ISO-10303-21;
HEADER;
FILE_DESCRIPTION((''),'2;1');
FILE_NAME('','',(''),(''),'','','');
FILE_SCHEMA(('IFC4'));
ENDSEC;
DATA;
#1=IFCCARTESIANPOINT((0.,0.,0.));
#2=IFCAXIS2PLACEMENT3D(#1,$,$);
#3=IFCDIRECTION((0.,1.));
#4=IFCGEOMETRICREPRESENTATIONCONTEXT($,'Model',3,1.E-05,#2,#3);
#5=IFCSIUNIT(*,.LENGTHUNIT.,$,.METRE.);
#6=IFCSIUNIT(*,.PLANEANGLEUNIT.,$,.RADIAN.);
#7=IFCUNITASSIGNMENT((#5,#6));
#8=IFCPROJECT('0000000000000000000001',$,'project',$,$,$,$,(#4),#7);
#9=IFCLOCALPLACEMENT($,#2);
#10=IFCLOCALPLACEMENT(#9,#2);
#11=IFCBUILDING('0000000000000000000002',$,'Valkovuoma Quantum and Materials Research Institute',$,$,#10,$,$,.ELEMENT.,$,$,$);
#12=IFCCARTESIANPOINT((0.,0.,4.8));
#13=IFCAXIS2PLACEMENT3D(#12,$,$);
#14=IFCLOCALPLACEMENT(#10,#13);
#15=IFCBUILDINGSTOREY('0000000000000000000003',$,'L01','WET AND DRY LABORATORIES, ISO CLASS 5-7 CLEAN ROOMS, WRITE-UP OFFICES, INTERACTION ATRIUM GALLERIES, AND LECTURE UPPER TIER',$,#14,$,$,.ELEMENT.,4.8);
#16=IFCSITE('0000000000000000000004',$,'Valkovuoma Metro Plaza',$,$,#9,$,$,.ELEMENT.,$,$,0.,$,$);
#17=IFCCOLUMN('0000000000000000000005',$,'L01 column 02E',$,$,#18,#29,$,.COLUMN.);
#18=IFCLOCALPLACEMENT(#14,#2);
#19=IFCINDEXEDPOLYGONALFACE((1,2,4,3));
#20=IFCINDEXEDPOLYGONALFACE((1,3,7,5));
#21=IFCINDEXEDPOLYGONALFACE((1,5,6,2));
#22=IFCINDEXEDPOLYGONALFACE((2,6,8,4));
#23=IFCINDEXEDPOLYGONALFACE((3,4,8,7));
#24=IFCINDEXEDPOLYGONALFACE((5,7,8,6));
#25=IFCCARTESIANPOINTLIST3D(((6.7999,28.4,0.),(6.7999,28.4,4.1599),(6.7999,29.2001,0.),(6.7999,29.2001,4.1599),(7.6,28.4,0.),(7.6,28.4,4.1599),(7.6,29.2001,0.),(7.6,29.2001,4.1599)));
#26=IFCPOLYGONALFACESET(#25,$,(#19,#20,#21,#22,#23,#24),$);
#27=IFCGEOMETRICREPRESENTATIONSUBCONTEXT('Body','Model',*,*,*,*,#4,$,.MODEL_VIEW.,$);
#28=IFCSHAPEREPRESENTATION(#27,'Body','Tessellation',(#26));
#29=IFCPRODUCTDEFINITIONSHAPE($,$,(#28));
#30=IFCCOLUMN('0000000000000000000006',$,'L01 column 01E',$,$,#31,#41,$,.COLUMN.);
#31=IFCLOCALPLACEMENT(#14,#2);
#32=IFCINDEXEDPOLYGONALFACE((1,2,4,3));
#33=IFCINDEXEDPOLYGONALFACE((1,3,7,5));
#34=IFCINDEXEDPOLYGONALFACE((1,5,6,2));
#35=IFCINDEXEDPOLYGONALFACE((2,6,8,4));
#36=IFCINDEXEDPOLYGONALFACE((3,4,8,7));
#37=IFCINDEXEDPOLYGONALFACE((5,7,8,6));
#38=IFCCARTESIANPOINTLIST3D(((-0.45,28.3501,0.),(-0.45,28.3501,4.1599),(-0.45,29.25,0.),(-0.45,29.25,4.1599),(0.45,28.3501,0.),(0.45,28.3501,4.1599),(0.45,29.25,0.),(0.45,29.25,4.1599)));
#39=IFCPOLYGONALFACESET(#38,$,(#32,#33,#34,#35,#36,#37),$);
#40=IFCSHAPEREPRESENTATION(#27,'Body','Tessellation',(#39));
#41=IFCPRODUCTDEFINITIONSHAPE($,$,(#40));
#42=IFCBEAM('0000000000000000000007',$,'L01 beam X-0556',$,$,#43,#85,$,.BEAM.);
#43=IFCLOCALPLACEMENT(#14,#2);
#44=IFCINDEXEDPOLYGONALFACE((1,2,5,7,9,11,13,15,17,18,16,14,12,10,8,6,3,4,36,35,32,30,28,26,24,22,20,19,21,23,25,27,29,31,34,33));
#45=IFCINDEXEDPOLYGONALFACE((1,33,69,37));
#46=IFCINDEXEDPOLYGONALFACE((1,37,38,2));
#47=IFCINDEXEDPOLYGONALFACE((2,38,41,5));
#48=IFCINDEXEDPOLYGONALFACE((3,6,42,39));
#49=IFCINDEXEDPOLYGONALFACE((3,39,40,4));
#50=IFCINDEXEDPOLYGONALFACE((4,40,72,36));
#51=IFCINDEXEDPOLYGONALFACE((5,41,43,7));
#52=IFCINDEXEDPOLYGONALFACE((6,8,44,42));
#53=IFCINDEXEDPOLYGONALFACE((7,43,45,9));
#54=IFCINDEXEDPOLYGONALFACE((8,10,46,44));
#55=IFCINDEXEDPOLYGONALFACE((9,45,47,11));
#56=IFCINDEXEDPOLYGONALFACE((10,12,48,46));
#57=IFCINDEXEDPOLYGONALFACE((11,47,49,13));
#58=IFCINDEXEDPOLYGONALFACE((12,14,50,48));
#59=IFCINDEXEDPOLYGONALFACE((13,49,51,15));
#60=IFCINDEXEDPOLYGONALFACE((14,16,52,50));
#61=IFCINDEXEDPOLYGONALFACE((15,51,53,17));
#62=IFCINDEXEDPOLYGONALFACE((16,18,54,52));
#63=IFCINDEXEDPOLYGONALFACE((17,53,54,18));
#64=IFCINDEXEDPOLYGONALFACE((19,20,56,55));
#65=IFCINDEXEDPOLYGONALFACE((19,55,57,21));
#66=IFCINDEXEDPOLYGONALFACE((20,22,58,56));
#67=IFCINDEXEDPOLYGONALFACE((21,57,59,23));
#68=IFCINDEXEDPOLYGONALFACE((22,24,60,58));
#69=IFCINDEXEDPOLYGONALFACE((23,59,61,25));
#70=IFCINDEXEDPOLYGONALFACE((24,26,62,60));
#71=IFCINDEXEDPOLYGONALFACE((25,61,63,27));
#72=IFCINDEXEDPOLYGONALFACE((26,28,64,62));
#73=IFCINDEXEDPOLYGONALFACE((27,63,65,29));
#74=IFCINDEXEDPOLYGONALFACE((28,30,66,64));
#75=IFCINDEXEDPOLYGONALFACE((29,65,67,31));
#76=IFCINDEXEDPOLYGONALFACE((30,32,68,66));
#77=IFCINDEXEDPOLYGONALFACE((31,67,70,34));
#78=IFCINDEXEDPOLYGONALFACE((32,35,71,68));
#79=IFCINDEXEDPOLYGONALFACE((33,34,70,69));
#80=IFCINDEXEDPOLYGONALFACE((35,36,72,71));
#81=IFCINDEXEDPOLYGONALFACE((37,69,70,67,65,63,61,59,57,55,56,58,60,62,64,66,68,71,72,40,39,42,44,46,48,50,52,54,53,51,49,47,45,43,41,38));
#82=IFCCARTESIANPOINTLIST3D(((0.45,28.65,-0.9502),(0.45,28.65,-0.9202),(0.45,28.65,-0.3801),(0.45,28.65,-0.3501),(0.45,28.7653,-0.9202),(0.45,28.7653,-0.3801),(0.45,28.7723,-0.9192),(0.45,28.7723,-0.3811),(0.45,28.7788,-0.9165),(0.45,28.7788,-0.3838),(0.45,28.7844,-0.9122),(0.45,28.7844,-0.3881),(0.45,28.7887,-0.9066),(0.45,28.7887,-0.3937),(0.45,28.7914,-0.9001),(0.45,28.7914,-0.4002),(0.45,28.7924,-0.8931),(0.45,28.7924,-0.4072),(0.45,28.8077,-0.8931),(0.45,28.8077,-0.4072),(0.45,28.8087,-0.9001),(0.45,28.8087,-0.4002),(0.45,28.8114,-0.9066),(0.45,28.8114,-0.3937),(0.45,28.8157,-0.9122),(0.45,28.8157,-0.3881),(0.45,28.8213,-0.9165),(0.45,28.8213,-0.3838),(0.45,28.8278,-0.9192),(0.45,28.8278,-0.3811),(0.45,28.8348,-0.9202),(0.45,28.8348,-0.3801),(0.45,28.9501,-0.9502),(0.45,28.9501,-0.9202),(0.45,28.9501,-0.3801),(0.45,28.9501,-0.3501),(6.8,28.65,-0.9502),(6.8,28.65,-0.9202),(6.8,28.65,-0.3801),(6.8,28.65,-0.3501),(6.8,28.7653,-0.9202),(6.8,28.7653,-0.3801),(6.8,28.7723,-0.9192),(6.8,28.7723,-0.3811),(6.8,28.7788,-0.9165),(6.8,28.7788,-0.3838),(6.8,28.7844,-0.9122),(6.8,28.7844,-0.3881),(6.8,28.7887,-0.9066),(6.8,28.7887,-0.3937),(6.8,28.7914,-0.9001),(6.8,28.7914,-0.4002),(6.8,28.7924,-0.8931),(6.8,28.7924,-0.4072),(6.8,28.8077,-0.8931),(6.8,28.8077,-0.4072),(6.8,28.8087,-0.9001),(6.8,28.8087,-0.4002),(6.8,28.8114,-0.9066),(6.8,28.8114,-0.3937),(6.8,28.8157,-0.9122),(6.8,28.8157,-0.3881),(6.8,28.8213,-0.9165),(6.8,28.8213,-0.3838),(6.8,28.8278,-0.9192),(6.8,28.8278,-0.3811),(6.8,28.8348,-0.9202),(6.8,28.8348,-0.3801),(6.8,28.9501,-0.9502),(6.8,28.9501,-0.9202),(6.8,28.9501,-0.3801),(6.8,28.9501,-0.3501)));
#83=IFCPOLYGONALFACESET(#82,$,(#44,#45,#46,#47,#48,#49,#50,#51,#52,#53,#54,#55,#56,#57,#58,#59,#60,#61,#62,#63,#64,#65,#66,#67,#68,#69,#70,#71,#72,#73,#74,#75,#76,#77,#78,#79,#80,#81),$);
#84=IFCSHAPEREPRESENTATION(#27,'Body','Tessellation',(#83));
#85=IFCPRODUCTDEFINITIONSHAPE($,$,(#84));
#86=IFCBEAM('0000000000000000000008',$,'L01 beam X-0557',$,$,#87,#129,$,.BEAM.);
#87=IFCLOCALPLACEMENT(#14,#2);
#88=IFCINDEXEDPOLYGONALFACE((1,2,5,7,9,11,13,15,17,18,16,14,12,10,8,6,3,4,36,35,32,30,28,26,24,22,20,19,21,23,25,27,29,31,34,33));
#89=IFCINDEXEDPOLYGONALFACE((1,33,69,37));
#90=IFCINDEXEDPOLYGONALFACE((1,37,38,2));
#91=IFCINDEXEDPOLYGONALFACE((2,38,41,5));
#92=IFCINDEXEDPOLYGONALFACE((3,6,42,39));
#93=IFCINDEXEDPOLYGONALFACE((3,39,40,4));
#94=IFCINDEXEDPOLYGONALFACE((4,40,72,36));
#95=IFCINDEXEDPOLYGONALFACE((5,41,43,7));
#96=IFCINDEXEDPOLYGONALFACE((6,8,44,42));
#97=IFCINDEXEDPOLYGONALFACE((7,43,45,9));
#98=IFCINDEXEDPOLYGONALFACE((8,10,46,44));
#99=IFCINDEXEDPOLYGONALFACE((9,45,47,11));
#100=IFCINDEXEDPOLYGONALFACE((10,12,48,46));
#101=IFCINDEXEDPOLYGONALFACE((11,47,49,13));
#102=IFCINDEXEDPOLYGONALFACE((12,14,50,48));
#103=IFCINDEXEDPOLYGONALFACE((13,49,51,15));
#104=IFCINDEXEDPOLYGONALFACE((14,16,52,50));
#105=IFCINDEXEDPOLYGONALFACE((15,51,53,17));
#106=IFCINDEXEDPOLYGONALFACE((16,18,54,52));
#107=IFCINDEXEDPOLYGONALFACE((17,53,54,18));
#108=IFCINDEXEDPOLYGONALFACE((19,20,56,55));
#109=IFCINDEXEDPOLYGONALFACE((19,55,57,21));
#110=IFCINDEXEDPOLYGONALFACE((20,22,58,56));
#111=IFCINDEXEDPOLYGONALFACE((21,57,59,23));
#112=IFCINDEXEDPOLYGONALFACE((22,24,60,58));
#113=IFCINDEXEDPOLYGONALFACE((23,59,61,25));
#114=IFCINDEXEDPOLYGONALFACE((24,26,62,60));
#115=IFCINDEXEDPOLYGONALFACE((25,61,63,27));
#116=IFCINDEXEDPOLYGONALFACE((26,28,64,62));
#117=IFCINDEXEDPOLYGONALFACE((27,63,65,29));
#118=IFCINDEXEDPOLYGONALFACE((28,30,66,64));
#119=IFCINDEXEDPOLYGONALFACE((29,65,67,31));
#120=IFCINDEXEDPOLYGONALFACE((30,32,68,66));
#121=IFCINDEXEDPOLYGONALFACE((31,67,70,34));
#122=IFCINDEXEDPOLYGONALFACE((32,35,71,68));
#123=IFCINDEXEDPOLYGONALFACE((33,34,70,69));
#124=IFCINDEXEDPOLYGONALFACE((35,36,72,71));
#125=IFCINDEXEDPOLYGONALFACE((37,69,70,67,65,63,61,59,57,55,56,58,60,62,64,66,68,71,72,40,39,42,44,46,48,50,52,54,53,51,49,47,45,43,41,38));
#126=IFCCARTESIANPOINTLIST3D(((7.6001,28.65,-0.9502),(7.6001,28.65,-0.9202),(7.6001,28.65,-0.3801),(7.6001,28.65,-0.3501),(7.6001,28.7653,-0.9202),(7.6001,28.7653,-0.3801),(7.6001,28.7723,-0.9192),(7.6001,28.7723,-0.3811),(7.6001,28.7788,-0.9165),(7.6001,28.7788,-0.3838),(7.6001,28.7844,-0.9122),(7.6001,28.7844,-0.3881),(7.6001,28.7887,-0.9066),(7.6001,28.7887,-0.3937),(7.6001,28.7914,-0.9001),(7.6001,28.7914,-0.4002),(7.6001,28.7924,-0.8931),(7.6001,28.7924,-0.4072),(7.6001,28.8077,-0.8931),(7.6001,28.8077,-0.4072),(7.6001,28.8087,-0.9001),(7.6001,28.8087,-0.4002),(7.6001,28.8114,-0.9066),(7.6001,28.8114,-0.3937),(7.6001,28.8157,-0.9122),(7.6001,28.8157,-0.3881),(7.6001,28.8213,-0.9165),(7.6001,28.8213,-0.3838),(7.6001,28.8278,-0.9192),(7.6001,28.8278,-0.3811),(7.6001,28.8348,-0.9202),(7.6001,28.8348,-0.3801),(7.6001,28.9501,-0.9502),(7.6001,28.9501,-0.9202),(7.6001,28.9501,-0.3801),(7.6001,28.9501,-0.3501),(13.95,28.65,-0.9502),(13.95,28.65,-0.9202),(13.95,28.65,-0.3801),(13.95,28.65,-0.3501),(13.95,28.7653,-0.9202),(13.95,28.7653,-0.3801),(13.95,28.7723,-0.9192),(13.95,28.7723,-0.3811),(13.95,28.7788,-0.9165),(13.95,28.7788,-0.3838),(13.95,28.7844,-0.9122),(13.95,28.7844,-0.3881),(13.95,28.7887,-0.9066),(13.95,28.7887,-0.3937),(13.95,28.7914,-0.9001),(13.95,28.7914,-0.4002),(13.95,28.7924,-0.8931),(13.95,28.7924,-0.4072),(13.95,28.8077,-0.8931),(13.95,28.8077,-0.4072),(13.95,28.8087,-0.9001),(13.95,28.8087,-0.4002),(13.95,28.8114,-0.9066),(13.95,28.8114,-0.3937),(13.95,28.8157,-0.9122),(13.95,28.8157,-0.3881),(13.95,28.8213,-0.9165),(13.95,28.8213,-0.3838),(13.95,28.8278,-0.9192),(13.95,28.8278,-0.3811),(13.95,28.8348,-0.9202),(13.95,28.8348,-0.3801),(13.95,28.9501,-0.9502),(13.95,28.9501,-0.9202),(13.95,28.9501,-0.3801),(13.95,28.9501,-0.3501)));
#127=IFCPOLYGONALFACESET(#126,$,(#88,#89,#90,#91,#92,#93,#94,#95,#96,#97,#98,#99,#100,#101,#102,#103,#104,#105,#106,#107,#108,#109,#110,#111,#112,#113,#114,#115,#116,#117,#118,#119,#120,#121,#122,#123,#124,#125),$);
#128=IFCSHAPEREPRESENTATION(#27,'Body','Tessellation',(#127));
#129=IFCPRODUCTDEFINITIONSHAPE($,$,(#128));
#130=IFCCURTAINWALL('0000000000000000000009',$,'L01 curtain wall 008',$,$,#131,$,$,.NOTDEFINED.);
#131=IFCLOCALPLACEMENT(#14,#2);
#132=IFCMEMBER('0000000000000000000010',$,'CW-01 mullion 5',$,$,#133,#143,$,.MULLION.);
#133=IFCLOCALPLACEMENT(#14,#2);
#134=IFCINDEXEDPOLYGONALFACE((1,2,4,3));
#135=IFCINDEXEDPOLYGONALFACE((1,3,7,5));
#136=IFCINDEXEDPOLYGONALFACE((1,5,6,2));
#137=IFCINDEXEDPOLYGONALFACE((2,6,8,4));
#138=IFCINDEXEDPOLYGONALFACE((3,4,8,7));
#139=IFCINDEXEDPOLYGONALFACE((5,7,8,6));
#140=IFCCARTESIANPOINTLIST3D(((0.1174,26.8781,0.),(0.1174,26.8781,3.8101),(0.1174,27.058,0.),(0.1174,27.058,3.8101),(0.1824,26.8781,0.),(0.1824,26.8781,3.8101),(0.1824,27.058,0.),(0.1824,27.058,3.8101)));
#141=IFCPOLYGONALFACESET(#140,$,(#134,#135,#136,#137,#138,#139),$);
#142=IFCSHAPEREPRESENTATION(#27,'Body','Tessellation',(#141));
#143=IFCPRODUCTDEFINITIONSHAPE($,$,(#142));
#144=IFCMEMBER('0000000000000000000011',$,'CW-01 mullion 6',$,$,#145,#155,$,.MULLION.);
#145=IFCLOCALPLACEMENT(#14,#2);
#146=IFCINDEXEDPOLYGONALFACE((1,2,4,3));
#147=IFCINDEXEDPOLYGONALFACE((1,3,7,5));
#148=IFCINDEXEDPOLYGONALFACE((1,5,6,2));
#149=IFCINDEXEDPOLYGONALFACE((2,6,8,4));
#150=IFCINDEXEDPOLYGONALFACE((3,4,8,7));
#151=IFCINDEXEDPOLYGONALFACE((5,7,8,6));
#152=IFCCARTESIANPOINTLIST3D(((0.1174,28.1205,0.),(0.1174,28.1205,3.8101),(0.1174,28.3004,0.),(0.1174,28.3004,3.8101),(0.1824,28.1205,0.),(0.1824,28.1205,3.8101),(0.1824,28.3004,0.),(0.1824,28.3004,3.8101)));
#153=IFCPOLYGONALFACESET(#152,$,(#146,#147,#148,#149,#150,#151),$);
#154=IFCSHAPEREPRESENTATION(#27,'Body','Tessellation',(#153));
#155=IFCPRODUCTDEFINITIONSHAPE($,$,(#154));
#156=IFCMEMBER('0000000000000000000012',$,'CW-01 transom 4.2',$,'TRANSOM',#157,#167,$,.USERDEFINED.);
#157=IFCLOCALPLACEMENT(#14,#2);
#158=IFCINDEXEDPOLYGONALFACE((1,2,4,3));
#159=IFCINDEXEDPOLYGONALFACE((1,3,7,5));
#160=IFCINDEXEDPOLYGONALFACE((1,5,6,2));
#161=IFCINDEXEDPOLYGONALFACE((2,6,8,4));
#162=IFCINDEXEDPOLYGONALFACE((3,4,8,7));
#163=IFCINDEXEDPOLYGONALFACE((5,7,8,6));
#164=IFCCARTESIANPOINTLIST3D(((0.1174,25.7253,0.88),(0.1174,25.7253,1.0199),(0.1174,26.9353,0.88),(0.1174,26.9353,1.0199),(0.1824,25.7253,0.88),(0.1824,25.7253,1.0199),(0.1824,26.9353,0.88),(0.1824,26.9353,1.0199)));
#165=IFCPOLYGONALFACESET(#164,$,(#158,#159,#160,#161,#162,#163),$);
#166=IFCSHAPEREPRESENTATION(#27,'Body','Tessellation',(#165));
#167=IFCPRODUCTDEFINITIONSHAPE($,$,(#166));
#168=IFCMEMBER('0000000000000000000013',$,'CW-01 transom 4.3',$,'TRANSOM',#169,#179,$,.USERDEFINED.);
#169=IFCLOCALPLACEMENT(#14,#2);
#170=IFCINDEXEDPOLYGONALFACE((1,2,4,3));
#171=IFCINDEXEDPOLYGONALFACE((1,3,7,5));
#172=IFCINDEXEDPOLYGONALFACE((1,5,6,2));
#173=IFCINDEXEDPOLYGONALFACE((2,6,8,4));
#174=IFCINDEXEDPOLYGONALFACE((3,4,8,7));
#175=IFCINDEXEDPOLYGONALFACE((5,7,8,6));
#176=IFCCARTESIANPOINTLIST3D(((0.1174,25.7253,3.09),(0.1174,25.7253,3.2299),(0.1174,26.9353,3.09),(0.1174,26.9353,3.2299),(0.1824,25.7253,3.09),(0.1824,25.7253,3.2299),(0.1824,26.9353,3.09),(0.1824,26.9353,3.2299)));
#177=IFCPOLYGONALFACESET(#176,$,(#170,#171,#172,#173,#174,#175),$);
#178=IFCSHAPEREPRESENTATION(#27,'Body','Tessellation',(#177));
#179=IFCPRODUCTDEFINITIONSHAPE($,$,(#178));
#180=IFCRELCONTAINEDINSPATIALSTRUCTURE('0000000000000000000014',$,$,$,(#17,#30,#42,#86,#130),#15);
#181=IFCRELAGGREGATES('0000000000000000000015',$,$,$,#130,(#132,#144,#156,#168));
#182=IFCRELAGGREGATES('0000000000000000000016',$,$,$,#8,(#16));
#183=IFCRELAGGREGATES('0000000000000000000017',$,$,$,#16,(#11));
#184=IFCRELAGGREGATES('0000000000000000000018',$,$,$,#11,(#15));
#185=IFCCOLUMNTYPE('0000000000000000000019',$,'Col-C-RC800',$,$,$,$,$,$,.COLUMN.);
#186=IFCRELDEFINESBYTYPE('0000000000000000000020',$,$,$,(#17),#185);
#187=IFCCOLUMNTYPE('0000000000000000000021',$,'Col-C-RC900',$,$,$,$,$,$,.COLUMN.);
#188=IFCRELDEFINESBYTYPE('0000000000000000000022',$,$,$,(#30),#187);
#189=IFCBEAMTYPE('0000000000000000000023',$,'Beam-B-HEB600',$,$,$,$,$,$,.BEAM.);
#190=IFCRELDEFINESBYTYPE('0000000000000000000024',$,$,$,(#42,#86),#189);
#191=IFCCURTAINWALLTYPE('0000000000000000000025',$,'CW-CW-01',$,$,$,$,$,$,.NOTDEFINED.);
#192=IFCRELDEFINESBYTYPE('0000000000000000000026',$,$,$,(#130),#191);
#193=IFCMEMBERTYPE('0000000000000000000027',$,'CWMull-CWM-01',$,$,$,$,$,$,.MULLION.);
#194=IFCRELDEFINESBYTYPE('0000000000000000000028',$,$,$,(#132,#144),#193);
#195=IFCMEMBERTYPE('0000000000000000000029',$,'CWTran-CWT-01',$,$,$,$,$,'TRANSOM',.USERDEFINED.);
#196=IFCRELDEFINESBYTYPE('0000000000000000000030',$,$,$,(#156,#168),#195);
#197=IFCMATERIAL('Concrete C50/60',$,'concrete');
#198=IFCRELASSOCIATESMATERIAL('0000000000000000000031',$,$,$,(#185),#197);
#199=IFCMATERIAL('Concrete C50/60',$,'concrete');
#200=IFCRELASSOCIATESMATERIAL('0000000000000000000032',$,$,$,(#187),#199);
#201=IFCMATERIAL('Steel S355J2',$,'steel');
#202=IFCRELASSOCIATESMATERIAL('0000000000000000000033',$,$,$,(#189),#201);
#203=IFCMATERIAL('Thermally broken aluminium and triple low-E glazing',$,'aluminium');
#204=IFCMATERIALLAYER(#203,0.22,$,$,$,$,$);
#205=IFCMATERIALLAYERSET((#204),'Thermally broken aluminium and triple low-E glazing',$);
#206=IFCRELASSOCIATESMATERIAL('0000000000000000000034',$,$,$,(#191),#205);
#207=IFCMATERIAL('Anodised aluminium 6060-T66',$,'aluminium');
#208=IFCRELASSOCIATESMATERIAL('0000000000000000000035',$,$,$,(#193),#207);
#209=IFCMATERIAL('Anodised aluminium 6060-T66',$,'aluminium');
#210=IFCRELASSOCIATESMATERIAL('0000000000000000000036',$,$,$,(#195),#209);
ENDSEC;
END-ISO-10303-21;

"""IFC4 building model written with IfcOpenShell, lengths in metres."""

from ifc_helpers import new_model, si_unit, direction, frame, origin, origin_2d, place, context, subcontext, project, spatial, rectangle, i_section, extrude, material, layer, layer_set, material_profile, profile_set, type_object, element, aggregate, save


model = new_model("IFC4")

# Units and contexts
model_context = context("Model", 3, precision=1e-05, world=origin(), true_north=direction((0.0, 1.0)))
body_context = subcontext(model_context, "Body", "Model", "MODEL_VIEW")
ifc_project = project(units=[si_unit("LENGTHUNIT", "METRE"), si_unit("PLANEANGLEUNIT", "RADIAN")], contexts=[model_context])

# Site, building, storey
site_placement = place(None, origin())
site = spatial("IfcSite", under=ifc_project, at=site_placement, Name="Valkovuoma Metro Plaza", CompositionType="ELEMENT", RefElevation=0.0)
building_placement = place(site_placement, origin())
building = spatial("IfcBuilding", under=site, at=building_placement, Name="Valkovuoma Quantum and Materials Research Institute", CompositionType="ELEMENT")
storey_placement = place(building_placement, frame((0.0, 0.0, 4.8)))
storey = spatial("IfcBuildingStorey", under=building, at=storey_placement, Name="L01", Description="WET AND DRY LABORATORIES, ISO CLASS 5-7 CLEAN ROOMS, WRITE-UP OFFICES, INTERACTION ATRIUM GALLERIES, AND LECTURE UPPER TIER", CompositionType="ELEMENT", Elevation=4.8)

# Columns
ifc_material_1 = material(Name="Concrete C50/60", Category="concrete")
ifc_material_profile_1 = material_profile(ifc_material_1, rectangle(XDim=0.8, YDim=0.8, at=origin_2d()), Name="Concrete C50/60")
ifc_profile_set_1 = profile_set([ifc_material_profile_1], Name="Concrete C50/60")
column_type_1 = type_object("IfcColumnType", Name="Col-C-RC800", PredefinedType="COLUMN", material=ifc_profile_set_1)
column_1_placement = place(storey_placement, frame((7.2, 28.8, 0.0), z_axis=(0.0, 0.0, 1.0), x_axis=(1.0, 0.0, 0.0)))
element("IfcColumn", 1, at=column_1_placement, inside=storey, type_object=column_type_1, Name="L01 column 02E", PredefinedType="COLUMN", context=body_context, shape_type="SweptSolid", body=[
    extrude(rectangle(XDim=0.8, YDim=0.8, at=origin_2d()), origin(), (0.0, 0.0, 1.0), 4.1599),
])
ifc_material_2 = material(Name="Concrete C50/60", Category="concrete")
ifc_material_profile_2 = material_profile(ifc_material_2, rectangle(XDim=0.8999, YDim=0.8999, at=origin_2d()), Name="Concrete C50/60")
ifc_profile_set_2 = profile_set([ifc_material_profile_2], Name="Concrete C50/60")
column_type_2 = type_object("IfcColumnType", Name="Col-C-RC900", PredefinedType="COLUMN", material=ifc_profile_set_2)
column_2_placement = place(storey_placement, frame((0.0, 28.8, 0.0), z_axis=(0.0, 0.0, 1.0), x_axis=(1.0, 0.0, 0.0)))
element("IfcColumn", 2, at=column_2_placement, inside=storey, type_object=column_type_2, Name="L01 column 01E", PredefinedType="COLUMN", context=body_context, shape_type="SweptSolid", body=[
    extrude(rectangle(XDim=0.8999, YDim=0.8999, at=origin_2d()), origin(), (0.0, 0.0, 1.0), 4.1599),
])

# Beams
ifc_material_3 = material(Name="Steel S355J2", Category="steel")
ifc_material_profile_3 = material_profile(ifc_material_3, i_section(OverallWidth=0.3, OverallDepth=0.6001, WebThickness=0.0154, FlangeThickness=0.03, FilletRadius=0.0271, at=origin_2d()), Name="Steel S355J2")
ifc_profile_set_3 = profile_set([ifc_material_profile_3], Name="Steel S355J2")
beam_type = type_object("IfcBeamType", Name="Beam-B-HEB600", PredefinedType="BEAM", material=ifc_profile_set_3)
beam_1_placement = place(storey_placement, frame((0.45, 28.8, -0.6501), z_axis=(1.0, 0.0, 0.0), x_axis=(0.0, 1.0, 0.0)))
element("IfcBeam", 3, at=beam_1_placement, inside=storey, type_object=beam_type, Name="L01 beam X-0556", PredefinedType="BEAM", context=body_context, shape_type="SweptSolid", body=[
    extrude(i_section(OverallWidth=0.3, OverallDepth=0.6001, WebThickness=0.0154, FlangeThickness=0.03, FilletRadius=0.0271, at=origin_2d()), origin(), (0.0, 0.0, 1.0), 6.3501),
])
beam_2_placement = place(storey_placement, frame((7.6001, 28.8, -0.6501), z_axis=(1.0, 0.0, 0.0), x_axis=(0.0, 1.0, 0.0)))
element("IfcBeam", 4, at=beam_2_placement, inside=storey, type_object=beam_type, Name="L01 beam X-0557", PredefinedType="BEAM", context=body_context, shape_type="SweptSolid", body=[
    extrude(i_section(OverallWidth=0.3, OverallDepth=0.6001, WebThickness=0.0154, FlangeThickness=0.03, FilletRadius=0.0271, at=origin_2d()), origin(), (0.0, 0.0, 1.0), 6.3499),
])

# Curtain wall, members
ifc_material_4 = material(Name="Thermally broken aluminium and triple low-E glazing", Category="aluminium")
ifc_layer_1 = layer(ifc_material_4, 0.22)
ifc_layer_set_1 = layer_set([ifc_layer_1], Name="Thermally broken aluminium and triple low-E glazing")
curtain_wall_type = type_object("IfcCurtainWallType", Name="CW-CW-01", PredefinedType="NOTDEFINED", material=ifc_layer_set_1)
curtain_wall_placement = place(storey_placement, origin())
curtain_wall = element("IfcCurtainWall", 5, at=curtain_wall_placement, inside=storey, type_object=curtain_wall_type, Name="L01 curtain wall 008", PredefinedType="NOTDEFINED")
ifc_material_5 = material(Name="Anodised aluminium 6060-T66", Category="aluminium")
ifc_material_profile_4 = material_profile(ifc_material_5, rectangle(XDim=0.0649, YDim=0.1799, at=origin_2d()), Name="Anodised aluminium 6060-T66")
ifc_profile_set_4 = profile_set([ifc_material_profile_4], Name="Anodised aluminium 6060-T66")
member_type_1 = type_object("IfcMemberType", Name="CWMull-CWM-01", PredefinedType="MULLION", material=ifc_profile_set_4)
member_1_placement = place(storey_placement, frame((0.1499, 26.968, 0.0), z_axis=(0.0, 0.0, 1.0), x_axis=(-1.0, 0.0, 0.0)))
member_1 = element("IfcMember", 6, at=member_1_placement, type_object=member_type_1, Name="CW-01 mullion 5", PredefinedType="MULLION", context=body_context, shape_type="SweptSolid", body=[
    extrude(rectangle(XDim=0.0649, YDim=0.1799, at=origin_2d()), origin(), (0.0, 0.0, 1.0), 3.8101),
])
member_2_placement = place(storey_placement, frame((0.1499, 28.2104, 0.0), z_axis=(0.0, 0.0, 1.0), x_axis=(-1.0, 0.0, 0.0)))
member_2 = element("IfcMember", 7, at=member_2_placement, type_object=member_type_1, Name="CW-01 mullion 6", PredefinedType="MULLION", context=body_context, shape_type="SweptSolid", body=[
    extrude(rectangle(XDim=0.0649, YDim=0.1799, at=origin_2d()), origin(), (0.0, 0.0, 1.0), 3.8101),
])
ifc_material_6 = material(Name="Anodised aluminium 6060-T66", Category="aluminium")
ifc_material_profile_5 = material_profile(ifc_material_6, rectangle(XDim=0.0649, YDim=0.1399, at=origin_2d()), Name="Anodised aluminium 6060-T66")
ifc_profile_set_5 = profile_set([ifc_material_profile_5], Name="Anodised aluminium 6060-T66")
member_type_2 = type_object("IfcMemberType", Name="CWTran-CWT-01", ElementType="TRANSOM", PredefinedType="USERDEFINED", material=ifc_profile_set_5)
member_3_placement = place(storey_placement, frame((0.1499, 25.7253, 0.95), z_axis=(0.0, 1.0, 0.0), x_axis=(-1.0, 0.0, 0.0)))
member_3 = element("IfcMember", 8, at=member_3_placement, type_object=member_type_2, Name="CW-01 transom 4.2", ObjectType="TRANSOM", PredefinedType="USERDEFINED", context=body_context, shape_type="SweptSolid", body=[
    extrude(rectangle(XDim=0.0649, YDim=0.1399, at=origin_2d()), origin(), (0.0, 0.0, 1.0), 1.21),
])
member_4_placement = place(storey_placement, frame((0.1499, 25.7253, 3.1599), z_axis=(0.0, 1.0, 0.0), x_axis=(-1.0, 0.0, 0.0)))
member_4 = element("IfcMember", 9, at=member_4_placement, type_object=member_type_2, Name="CW-01 transom 4.3", ObjectType="TRANSOM", PredefinedType="USERDEFINED", context=body_context, shape_type="SweptSolid", body=[
    extrude(rectangle(XDim=0.0649, YDim=0.1399, at=origin_2d()), origin(), (0.0, 0.0, 1.0), 1.21),
])

aggregate(curtain_wall, [member_1, member_2, member_3, member_4])

save(model, "model.ifc")
